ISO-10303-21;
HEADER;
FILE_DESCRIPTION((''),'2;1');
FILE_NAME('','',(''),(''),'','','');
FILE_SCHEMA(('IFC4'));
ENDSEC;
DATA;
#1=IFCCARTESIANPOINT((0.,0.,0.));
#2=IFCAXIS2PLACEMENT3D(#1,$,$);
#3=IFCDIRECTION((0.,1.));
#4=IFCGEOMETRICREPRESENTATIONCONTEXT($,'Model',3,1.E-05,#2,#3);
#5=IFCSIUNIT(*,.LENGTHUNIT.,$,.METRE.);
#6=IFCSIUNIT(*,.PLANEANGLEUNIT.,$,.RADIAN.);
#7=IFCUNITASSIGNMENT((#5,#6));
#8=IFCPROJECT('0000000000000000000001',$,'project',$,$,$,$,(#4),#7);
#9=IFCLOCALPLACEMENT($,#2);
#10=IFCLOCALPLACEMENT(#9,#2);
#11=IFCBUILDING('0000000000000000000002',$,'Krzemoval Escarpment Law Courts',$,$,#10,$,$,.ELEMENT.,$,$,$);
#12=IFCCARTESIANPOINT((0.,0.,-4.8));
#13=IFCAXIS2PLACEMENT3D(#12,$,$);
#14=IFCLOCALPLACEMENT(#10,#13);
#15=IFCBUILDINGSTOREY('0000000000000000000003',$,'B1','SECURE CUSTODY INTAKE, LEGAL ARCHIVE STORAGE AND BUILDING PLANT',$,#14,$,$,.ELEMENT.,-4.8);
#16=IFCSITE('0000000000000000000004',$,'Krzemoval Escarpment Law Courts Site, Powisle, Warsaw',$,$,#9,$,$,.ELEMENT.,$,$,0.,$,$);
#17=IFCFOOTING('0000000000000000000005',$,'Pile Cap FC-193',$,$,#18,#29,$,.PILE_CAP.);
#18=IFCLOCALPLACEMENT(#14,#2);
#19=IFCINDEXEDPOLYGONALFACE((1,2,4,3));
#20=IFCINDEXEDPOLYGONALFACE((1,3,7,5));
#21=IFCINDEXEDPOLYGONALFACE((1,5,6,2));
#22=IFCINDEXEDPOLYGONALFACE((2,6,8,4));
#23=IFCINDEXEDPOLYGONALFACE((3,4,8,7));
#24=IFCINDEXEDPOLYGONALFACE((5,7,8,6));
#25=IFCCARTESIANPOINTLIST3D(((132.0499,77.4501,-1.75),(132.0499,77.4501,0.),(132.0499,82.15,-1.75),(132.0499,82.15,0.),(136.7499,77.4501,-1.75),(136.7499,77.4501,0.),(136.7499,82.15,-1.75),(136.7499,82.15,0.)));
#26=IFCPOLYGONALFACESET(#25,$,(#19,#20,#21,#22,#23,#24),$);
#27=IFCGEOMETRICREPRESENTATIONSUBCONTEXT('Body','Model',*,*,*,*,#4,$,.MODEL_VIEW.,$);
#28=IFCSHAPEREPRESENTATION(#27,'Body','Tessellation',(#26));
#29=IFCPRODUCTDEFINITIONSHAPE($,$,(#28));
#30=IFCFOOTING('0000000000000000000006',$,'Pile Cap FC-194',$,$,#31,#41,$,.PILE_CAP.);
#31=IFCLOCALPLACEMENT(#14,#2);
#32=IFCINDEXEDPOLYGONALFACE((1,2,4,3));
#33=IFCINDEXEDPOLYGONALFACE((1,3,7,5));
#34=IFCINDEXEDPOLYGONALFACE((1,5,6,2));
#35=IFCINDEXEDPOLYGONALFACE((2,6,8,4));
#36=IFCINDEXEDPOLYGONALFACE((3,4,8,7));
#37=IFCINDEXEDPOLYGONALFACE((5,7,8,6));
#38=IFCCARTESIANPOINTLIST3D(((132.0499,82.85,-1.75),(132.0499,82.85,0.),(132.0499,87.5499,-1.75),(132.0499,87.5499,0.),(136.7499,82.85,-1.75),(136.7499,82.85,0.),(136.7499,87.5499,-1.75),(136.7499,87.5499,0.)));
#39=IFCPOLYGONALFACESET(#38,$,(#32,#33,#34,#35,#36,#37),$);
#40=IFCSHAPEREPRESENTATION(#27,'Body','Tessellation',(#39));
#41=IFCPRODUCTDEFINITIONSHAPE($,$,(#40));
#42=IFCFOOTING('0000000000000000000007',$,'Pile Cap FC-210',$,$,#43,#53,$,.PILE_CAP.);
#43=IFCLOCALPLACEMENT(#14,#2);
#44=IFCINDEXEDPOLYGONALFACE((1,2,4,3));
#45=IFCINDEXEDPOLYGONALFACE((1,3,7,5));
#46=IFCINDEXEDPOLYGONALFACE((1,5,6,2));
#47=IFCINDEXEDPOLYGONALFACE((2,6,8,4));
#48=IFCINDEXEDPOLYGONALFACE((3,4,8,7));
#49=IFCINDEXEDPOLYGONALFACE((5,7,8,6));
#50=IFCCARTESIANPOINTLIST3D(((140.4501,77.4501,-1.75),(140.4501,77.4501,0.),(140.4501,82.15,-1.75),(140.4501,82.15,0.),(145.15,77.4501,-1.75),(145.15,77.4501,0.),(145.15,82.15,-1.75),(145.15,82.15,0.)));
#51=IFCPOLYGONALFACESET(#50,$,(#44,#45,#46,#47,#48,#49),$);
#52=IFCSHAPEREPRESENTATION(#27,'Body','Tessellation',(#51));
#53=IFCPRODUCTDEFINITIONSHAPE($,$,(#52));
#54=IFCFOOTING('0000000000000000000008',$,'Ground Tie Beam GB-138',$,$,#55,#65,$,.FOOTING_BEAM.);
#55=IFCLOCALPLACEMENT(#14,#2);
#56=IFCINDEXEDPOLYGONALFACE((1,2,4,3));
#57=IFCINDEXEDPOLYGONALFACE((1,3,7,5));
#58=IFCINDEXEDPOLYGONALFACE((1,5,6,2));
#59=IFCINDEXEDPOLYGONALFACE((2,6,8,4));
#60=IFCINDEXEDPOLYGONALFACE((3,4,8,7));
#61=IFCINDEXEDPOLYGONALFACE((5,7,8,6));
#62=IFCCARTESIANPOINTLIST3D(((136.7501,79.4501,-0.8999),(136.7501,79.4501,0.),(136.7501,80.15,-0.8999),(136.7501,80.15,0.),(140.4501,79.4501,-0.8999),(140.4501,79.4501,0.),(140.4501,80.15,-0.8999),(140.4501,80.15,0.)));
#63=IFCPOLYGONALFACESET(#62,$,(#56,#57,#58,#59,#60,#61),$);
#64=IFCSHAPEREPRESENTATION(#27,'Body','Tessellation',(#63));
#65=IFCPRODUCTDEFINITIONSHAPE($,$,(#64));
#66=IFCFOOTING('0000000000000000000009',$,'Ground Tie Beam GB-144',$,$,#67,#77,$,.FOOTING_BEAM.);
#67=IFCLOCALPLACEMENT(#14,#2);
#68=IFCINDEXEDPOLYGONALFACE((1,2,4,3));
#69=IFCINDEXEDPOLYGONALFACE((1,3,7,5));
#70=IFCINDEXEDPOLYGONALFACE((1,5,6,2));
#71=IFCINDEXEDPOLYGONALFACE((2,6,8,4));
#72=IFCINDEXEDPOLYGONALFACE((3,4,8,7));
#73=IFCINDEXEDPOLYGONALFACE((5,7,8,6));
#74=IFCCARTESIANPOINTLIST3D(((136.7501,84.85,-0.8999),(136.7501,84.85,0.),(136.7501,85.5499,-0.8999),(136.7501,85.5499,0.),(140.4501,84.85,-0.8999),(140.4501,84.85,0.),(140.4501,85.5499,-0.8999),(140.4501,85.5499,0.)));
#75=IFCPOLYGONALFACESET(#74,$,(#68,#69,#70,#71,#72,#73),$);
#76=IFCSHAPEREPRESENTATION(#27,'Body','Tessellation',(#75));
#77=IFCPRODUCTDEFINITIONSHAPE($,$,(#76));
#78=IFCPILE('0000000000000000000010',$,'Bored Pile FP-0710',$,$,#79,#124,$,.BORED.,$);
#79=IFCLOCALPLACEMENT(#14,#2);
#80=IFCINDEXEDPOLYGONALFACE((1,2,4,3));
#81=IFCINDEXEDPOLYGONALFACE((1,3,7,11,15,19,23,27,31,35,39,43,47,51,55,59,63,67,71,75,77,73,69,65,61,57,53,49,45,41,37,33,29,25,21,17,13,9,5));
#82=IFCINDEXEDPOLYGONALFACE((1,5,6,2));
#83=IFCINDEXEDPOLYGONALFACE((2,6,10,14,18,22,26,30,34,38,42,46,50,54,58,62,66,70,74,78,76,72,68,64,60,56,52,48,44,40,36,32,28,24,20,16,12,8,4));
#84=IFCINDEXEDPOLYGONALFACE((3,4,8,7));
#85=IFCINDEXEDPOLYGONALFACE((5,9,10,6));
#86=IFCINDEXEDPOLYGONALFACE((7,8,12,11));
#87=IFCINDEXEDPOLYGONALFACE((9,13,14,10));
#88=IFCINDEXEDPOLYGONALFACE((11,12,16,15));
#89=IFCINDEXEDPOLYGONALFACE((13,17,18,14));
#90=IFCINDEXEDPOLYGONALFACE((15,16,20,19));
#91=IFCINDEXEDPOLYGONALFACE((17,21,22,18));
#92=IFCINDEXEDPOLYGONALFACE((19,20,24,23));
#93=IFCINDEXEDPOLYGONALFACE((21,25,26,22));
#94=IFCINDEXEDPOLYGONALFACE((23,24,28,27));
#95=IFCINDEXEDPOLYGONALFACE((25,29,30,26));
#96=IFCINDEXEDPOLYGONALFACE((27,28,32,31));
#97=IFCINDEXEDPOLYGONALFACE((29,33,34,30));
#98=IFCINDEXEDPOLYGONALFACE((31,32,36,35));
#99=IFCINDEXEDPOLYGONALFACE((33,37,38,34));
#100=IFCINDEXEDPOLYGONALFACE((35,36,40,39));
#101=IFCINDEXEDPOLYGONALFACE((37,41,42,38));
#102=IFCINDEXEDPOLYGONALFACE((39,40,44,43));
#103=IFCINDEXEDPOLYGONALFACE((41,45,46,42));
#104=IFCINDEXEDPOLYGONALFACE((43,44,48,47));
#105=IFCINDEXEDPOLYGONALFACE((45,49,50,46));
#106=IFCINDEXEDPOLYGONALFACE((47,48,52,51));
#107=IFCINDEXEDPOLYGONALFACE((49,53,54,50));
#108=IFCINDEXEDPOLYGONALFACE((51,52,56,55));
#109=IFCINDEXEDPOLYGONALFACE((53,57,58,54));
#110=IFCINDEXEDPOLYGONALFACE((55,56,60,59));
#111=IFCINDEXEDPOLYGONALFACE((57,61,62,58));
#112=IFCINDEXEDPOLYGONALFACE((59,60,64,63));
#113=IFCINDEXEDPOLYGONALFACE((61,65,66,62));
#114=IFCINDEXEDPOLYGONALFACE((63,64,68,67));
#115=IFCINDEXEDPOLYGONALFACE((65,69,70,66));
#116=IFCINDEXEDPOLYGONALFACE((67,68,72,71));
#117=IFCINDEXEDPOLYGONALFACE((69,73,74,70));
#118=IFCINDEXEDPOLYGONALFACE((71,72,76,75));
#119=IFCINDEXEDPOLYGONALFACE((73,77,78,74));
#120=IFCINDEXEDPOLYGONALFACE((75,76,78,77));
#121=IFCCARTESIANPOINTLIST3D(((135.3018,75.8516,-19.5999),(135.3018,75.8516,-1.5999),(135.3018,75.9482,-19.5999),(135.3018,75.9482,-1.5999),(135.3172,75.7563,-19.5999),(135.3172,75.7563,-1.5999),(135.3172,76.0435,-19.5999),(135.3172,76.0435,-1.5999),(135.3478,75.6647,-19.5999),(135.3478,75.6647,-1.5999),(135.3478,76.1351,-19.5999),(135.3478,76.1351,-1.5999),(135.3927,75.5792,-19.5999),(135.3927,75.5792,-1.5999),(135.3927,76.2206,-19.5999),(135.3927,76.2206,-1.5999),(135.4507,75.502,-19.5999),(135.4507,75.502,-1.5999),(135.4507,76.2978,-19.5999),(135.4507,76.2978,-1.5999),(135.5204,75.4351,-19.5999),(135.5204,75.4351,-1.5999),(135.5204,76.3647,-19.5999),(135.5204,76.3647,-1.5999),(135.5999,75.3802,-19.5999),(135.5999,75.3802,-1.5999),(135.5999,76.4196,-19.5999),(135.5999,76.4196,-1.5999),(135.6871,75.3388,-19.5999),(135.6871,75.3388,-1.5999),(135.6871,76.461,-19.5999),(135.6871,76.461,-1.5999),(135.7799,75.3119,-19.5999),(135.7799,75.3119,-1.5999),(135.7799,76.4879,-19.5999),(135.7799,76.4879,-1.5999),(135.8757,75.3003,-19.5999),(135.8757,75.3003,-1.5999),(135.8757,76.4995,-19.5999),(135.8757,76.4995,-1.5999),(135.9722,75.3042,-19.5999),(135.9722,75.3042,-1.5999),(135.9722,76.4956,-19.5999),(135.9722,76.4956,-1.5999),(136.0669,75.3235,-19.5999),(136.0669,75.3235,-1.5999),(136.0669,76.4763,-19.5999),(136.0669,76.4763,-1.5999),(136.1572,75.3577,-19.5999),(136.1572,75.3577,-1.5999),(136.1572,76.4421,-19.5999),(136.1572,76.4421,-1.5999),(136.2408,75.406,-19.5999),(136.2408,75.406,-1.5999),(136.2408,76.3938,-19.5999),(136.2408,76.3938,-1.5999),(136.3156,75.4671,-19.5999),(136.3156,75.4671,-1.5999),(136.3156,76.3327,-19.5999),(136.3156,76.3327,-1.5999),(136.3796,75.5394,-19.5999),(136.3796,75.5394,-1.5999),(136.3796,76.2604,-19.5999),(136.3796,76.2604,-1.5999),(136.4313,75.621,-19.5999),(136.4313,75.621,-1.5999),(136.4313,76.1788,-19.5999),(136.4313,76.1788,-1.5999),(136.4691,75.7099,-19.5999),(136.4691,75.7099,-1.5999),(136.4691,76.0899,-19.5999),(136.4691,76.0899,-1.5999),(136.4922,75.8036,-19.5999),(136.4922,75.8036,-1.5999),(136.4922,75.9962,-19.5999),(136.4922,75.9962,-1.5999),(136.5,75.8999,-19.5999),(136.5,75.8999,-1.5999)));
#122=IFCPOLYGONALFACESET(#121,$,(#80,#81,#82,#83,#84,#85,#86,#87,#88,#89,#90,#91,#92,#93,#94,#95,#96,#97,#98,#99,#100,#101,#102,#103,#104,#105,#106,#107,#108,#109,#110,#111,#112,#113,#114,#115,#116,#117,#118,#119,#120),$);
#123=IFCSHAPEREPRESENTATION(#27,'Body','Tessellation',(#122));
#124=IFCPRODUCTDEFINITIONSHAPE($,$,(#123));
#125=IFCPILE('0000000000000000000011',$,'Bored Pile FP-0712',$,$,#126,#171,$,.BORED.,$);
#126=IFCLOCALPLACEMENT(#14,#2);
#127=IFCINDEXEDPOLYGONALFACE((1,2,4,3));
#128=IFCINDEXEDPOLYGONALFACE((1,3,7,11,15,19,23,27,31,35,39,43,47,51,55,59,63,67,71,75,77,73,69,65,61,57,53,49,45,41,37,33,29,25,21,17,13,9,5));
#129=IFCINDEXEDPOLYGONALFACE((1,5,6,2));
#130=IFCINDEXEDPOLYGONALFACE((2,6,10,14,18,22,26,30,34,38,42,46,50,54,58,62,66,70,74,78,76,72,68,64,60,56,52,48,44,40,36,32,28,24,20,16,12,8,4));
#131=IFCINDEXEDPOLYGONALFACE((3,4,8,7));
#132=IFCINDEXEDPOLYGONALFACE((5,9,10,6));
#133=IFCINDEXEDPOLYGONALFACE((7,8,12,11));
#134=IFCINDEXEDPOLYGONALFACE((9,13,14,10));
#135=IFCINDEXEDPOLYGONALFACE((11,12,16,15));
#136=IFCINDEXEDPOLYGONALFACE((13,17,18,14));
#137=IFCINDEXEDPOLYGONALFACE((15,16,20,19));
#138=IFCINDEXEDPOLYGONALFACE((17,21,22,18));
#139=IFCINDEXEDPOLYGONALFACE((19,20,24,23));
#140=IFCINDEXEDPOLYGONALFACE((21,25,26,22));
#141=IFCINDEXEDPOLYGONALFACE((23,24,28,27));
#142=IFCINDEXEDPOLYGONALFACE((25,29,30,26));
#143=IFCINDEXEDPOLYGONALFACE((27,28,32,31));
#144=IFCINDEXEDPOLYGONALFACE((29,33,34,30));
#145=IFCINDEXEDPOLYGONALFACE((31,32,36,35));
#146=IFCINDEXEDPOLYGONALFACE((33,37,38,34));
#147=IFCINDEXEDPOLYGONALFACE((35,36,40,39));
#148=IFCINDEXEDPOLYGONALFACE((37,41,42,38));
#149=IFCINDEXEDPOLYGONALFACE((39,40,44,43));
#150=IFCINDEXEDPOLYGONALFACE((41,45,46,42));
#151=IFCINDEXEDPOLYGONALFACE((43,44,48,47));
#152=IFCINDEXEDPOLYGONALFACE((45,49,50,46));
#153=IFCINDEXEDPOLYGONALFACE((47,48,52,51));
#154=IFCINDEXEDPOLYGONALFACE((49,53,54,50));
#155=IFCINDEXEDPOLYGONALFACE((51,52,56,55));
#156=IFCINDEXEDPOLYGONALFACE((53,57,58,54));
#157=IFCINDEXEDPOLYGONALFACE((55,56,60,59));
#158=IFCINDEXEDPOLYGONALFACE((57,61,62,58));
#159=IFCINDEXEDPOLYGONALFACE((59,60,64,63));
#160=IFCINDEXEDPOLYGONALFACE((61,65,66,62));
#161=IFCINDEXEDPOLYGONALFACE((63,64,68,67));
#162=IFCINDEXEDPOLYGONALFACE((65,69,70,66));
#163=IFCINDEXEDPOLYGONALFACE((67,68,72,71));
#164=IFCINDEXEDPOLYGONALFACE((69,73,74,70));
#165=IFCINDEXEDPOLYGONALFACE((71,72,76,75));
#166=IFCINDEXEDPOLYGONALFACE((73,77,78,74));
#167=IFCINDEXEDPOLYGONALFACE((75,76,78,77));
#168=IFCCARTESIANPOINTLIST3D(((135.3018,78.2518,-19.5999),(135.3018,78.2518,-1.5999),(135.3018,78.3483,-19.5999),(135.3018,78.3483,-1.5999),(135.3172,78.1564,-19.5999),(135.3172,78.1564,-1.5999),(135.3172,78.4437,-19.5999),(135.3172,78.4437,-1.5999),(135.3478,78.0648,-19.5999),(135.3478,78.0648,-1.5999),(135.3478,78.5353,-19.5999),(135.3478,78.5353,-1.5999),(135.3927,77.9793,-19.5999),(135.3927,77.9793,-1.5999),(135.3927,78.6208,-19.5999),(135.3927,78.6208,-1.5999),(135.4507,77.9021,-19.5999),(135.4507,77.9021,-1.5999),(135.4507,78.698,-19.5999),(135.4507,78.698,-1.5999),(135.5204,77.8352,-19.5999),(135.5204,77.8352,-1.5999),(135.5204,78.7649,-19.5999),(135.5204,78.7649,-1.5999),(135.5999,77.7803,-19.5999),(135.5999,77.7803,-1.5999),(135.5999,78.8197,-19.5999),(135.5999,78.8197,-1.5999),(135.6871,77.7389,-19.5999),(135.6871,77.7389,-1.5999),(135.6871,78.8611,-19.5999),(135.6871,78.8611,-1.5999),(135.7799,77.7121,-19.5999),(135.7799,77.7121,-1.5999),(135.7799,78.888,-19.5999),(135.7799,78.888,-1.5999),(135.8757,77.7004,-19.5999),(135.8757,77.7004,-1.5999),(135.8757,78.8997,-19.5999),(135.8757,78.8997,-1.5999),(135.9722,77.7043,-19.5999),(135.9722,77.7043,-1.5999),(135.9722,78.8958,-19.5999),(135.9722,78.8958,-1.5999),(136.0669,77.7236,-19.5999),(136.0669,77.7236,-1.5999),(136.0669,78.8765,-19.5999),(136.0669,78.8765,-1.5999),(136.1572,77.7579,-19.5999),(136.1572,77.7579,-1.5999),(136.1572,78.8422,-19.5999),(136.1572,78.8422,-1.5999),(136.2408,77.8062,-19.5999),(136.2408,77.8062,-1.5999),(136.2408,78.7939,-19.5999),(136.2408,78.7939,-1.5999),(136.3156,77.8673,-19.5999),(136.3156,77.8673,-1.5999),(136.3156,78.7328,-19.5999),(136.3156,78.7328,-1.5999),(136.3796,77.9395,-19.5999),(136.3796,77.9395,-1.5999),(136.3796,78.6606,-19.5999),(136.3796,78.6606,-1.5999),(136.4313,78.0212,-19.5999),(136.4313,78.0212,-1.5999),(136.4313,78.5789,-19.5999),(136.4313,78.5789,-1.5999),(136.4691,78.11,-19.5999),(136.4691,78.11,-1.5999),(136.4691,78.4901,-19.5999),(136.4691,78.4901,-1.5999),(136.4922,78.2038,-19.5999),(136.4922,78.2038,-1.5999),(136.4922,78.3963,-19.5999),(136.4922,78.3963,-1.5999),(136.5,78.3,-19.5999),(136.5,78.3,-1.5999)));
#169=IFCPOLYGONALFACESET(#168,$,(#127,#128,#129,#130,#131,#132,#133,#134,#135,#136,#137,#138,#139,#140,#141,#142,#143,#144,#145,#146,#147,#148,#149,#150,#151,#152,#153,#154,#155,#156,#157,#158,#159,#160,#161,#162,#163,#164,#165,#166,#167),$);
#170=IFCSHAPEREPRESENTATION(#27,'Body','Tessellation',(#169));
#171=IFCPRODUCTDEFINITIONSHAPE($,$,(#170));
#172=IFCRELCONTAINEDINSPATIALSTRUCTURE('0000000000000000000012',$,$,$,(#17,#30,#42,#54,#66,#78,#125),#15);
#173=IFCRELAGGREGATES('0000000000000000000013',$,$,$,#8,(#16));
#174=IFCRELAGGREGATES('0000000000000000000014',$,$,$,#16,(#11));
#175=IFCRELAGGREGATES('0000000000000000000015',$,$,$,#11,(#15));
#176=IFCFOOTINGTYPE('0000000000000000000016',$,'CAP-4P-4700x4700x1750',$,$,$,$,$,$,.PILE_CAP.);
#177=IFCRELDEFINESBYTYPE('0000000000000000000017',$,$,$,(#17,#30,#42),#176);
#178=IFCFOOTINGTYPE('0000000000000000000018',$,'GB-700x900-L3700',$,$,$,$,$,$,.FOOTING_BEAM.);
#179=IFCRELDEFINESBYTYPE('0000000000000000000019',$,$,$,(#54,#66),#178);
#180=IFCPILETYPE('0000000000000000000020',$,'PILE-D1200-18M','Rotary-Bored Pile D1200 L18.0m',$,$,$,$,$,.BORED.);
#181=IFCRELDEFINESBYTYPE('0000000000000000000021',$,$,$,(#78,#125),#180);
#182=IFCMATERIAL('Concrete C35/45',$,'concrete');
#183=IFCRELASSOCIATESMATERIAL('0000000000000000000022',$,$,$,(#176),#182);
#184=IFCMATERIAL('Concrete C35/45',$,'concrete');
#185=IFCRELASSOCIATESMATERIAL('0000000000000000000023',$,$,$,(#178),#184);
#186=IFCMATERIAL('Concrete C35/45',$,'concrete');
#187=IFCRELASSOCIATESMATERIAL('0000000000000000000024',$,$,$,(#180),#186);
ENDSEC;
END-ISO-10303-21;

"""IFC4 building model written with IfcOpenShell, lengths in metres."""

from ifc_helpers import new_model, si_unit, direction, frame, origin, origin_2d, place, context, subcontext, project, spatial, rectangle, circle, extrude, material, material_profile, profile_set, type_object, element, save


model = new_model("IFC4")

# Units and contexts
model_context = context("Model", 3, precision=1e-05, world=origin(), true_north=direction((0.0, 1.0)))
body_context = subcontext(model_context, "Body", "Model", "MODEL_VIEW")
ifc_project = project(units=[si_unit("LENGTHUNIT", "METRE"), si_unit("PLANEANGLEUNIT", "RADIAN")], contexts=[model_context])

# Site, building, storey
site_placement = place(None, origin())
site = spatial("IfcSite", under=ifc_project, at=site_placement, Name="Krzemoval Escarpment Law Courts Site, Powisle, Warsaw", CompositionType="ELEMENT", RefElevation=0.0)
building_placement = place(site_placement, origin())
building = spatial("IfcBuilding", under=site, at=building_placement, Name="Krzemoval Escarpment Law Courts", CompositionType="ELEMENT")
storey_placement = place(building_placement, frame((0.0, 0.0, -4.8)))
storey = spatial("IfcBuildingStorey", under=building, at=storey_placement, Name="B1", Description="SECURE CUSTODY INTAKE, LEGAL ARCHIVE STORAGE AND BUILDING PLANT", CompositionType="ELEMENT", Elevation=-4.8)

# Footings
ifc_material_1 = material(Name="Concrete C35/45", Category="concrete")
footing_type_1 = type_object("IfcFootingType", Name="CAP-4P-4700x4700x1750", PredefinedType="PILE_CAP", material=ifc_material_1)
for number, where, z_axis, x_axis, name in (
    (1, (134.3999, 79.8, -1.75), (0.0, 0.0, 1.0), (1.0, 0.0, 0.0), "Pile Cap FC-193"),
    (2, (134.3999, 85.2, -1.75), (0.0, 0.0, 1.0), (1.0, 0.0, 0.0), "Pile Cap FC-194"),
    (3, (142.8, 79.8, -1.75), (0.0, 0.0, 1.0), (1.0, 0.0, 0.0), "Pile Cap FC-210"),
):
    element("IfcFooting", number, at=place(storey_placement, frame(where, z_axis=z_axis, x_axis=x_axis)), inside=storey, type_object=footing_type_1, Name=name, PredefinedType="PILE_CAP", context=body_context, shape_type="SweptSolid", body=[
        extrude(rectangle(XDim=4.7, YDim=4.7, at=origin_2d()), origin(), (0.0, 0.0, 1.0), 1.75),
    ])
ifc_material_2 = material(Name="Concrete C35/45", Category="concrete")
footing_type_2 = type_object("IfcFootingType", Name="GB-700x900-L3700", PredefinedType="FOOTING_BEAM", material=ifc_material_2)
for number, where, z_axis, x_axis, name in (
    (4, (138.6001, 79.8, -0.8999), (0.0, 0.0, 1.0), (1.0, 0.0, 0.0), "Ground Tie Beam GB-138"),
    (5, (138.6001, 85.2, -0.8999), (0.0, 0.0, 1.0), (1.0, 0.0, 0.0), "Ground Tie Beam GB-144"),
):
    element("IfcFooting", number, at=place(storey_placement, frame(where, z_axis=z_axis, x_axis=x_axis)), inside=storey, type_object=footing_type_2, Name=name, PredefinedType="FOOTING_BEAM", context=body_context, shape_type="SweptSolid", body=[
        extrude(rectangle(XDim=3.7, YDim=0.7, at=origin_2d()), origin(), (0.0, 0.0, 1.0), 0.8999),
    ])

# Piles
ifc_material_3 = material(Name="Concrete C35/45", Category="concrete")
ifc_material_profile_1 = material_profile(ifc_material_3, circle(Radius=0.6001, at=origin_2d()), Name="PILE D1200")
ifc_profile_set_1 = profile_set([ifc_material_profile_1], Name="Concrete C35/45")
pile_type = type_object("IfcPileType", Name="PILE-D1200-18M", Description="Rotary-Bored Pile D1200 L18.0m", PredefinedType="BORED", material=ifc_profile_set_1)
for number, where, z_axis, x_axis, name in (
    (6, (135.8999, 75.8999, -1.5999), (0.0, 0.0, -1.0), (1.0, 0.0, 0.0), "Bored Pile FP-0710"),
    (7, (135.8999, 78.3, -1.5999), (0.0, 0.0, -1.0), (1.0, 0.0, 0.0), "Bored Pile FP-0712"),
):
    element("IfcPile", number, at=place(storey_placement, frame(where, z_axis=z_axis, x_axis=x_axis)), inside=storey, type_object=pile_type, Name=name, PredefinedType="BORED", context=body_context, shape_type="SweptSolid", body=[
        extrude(circle(Radius=0.6001, at=origin_2d()), origin(), (0.0, 0.0, 1.0), 18.0),
    ])

save(model, "model.ifc")
